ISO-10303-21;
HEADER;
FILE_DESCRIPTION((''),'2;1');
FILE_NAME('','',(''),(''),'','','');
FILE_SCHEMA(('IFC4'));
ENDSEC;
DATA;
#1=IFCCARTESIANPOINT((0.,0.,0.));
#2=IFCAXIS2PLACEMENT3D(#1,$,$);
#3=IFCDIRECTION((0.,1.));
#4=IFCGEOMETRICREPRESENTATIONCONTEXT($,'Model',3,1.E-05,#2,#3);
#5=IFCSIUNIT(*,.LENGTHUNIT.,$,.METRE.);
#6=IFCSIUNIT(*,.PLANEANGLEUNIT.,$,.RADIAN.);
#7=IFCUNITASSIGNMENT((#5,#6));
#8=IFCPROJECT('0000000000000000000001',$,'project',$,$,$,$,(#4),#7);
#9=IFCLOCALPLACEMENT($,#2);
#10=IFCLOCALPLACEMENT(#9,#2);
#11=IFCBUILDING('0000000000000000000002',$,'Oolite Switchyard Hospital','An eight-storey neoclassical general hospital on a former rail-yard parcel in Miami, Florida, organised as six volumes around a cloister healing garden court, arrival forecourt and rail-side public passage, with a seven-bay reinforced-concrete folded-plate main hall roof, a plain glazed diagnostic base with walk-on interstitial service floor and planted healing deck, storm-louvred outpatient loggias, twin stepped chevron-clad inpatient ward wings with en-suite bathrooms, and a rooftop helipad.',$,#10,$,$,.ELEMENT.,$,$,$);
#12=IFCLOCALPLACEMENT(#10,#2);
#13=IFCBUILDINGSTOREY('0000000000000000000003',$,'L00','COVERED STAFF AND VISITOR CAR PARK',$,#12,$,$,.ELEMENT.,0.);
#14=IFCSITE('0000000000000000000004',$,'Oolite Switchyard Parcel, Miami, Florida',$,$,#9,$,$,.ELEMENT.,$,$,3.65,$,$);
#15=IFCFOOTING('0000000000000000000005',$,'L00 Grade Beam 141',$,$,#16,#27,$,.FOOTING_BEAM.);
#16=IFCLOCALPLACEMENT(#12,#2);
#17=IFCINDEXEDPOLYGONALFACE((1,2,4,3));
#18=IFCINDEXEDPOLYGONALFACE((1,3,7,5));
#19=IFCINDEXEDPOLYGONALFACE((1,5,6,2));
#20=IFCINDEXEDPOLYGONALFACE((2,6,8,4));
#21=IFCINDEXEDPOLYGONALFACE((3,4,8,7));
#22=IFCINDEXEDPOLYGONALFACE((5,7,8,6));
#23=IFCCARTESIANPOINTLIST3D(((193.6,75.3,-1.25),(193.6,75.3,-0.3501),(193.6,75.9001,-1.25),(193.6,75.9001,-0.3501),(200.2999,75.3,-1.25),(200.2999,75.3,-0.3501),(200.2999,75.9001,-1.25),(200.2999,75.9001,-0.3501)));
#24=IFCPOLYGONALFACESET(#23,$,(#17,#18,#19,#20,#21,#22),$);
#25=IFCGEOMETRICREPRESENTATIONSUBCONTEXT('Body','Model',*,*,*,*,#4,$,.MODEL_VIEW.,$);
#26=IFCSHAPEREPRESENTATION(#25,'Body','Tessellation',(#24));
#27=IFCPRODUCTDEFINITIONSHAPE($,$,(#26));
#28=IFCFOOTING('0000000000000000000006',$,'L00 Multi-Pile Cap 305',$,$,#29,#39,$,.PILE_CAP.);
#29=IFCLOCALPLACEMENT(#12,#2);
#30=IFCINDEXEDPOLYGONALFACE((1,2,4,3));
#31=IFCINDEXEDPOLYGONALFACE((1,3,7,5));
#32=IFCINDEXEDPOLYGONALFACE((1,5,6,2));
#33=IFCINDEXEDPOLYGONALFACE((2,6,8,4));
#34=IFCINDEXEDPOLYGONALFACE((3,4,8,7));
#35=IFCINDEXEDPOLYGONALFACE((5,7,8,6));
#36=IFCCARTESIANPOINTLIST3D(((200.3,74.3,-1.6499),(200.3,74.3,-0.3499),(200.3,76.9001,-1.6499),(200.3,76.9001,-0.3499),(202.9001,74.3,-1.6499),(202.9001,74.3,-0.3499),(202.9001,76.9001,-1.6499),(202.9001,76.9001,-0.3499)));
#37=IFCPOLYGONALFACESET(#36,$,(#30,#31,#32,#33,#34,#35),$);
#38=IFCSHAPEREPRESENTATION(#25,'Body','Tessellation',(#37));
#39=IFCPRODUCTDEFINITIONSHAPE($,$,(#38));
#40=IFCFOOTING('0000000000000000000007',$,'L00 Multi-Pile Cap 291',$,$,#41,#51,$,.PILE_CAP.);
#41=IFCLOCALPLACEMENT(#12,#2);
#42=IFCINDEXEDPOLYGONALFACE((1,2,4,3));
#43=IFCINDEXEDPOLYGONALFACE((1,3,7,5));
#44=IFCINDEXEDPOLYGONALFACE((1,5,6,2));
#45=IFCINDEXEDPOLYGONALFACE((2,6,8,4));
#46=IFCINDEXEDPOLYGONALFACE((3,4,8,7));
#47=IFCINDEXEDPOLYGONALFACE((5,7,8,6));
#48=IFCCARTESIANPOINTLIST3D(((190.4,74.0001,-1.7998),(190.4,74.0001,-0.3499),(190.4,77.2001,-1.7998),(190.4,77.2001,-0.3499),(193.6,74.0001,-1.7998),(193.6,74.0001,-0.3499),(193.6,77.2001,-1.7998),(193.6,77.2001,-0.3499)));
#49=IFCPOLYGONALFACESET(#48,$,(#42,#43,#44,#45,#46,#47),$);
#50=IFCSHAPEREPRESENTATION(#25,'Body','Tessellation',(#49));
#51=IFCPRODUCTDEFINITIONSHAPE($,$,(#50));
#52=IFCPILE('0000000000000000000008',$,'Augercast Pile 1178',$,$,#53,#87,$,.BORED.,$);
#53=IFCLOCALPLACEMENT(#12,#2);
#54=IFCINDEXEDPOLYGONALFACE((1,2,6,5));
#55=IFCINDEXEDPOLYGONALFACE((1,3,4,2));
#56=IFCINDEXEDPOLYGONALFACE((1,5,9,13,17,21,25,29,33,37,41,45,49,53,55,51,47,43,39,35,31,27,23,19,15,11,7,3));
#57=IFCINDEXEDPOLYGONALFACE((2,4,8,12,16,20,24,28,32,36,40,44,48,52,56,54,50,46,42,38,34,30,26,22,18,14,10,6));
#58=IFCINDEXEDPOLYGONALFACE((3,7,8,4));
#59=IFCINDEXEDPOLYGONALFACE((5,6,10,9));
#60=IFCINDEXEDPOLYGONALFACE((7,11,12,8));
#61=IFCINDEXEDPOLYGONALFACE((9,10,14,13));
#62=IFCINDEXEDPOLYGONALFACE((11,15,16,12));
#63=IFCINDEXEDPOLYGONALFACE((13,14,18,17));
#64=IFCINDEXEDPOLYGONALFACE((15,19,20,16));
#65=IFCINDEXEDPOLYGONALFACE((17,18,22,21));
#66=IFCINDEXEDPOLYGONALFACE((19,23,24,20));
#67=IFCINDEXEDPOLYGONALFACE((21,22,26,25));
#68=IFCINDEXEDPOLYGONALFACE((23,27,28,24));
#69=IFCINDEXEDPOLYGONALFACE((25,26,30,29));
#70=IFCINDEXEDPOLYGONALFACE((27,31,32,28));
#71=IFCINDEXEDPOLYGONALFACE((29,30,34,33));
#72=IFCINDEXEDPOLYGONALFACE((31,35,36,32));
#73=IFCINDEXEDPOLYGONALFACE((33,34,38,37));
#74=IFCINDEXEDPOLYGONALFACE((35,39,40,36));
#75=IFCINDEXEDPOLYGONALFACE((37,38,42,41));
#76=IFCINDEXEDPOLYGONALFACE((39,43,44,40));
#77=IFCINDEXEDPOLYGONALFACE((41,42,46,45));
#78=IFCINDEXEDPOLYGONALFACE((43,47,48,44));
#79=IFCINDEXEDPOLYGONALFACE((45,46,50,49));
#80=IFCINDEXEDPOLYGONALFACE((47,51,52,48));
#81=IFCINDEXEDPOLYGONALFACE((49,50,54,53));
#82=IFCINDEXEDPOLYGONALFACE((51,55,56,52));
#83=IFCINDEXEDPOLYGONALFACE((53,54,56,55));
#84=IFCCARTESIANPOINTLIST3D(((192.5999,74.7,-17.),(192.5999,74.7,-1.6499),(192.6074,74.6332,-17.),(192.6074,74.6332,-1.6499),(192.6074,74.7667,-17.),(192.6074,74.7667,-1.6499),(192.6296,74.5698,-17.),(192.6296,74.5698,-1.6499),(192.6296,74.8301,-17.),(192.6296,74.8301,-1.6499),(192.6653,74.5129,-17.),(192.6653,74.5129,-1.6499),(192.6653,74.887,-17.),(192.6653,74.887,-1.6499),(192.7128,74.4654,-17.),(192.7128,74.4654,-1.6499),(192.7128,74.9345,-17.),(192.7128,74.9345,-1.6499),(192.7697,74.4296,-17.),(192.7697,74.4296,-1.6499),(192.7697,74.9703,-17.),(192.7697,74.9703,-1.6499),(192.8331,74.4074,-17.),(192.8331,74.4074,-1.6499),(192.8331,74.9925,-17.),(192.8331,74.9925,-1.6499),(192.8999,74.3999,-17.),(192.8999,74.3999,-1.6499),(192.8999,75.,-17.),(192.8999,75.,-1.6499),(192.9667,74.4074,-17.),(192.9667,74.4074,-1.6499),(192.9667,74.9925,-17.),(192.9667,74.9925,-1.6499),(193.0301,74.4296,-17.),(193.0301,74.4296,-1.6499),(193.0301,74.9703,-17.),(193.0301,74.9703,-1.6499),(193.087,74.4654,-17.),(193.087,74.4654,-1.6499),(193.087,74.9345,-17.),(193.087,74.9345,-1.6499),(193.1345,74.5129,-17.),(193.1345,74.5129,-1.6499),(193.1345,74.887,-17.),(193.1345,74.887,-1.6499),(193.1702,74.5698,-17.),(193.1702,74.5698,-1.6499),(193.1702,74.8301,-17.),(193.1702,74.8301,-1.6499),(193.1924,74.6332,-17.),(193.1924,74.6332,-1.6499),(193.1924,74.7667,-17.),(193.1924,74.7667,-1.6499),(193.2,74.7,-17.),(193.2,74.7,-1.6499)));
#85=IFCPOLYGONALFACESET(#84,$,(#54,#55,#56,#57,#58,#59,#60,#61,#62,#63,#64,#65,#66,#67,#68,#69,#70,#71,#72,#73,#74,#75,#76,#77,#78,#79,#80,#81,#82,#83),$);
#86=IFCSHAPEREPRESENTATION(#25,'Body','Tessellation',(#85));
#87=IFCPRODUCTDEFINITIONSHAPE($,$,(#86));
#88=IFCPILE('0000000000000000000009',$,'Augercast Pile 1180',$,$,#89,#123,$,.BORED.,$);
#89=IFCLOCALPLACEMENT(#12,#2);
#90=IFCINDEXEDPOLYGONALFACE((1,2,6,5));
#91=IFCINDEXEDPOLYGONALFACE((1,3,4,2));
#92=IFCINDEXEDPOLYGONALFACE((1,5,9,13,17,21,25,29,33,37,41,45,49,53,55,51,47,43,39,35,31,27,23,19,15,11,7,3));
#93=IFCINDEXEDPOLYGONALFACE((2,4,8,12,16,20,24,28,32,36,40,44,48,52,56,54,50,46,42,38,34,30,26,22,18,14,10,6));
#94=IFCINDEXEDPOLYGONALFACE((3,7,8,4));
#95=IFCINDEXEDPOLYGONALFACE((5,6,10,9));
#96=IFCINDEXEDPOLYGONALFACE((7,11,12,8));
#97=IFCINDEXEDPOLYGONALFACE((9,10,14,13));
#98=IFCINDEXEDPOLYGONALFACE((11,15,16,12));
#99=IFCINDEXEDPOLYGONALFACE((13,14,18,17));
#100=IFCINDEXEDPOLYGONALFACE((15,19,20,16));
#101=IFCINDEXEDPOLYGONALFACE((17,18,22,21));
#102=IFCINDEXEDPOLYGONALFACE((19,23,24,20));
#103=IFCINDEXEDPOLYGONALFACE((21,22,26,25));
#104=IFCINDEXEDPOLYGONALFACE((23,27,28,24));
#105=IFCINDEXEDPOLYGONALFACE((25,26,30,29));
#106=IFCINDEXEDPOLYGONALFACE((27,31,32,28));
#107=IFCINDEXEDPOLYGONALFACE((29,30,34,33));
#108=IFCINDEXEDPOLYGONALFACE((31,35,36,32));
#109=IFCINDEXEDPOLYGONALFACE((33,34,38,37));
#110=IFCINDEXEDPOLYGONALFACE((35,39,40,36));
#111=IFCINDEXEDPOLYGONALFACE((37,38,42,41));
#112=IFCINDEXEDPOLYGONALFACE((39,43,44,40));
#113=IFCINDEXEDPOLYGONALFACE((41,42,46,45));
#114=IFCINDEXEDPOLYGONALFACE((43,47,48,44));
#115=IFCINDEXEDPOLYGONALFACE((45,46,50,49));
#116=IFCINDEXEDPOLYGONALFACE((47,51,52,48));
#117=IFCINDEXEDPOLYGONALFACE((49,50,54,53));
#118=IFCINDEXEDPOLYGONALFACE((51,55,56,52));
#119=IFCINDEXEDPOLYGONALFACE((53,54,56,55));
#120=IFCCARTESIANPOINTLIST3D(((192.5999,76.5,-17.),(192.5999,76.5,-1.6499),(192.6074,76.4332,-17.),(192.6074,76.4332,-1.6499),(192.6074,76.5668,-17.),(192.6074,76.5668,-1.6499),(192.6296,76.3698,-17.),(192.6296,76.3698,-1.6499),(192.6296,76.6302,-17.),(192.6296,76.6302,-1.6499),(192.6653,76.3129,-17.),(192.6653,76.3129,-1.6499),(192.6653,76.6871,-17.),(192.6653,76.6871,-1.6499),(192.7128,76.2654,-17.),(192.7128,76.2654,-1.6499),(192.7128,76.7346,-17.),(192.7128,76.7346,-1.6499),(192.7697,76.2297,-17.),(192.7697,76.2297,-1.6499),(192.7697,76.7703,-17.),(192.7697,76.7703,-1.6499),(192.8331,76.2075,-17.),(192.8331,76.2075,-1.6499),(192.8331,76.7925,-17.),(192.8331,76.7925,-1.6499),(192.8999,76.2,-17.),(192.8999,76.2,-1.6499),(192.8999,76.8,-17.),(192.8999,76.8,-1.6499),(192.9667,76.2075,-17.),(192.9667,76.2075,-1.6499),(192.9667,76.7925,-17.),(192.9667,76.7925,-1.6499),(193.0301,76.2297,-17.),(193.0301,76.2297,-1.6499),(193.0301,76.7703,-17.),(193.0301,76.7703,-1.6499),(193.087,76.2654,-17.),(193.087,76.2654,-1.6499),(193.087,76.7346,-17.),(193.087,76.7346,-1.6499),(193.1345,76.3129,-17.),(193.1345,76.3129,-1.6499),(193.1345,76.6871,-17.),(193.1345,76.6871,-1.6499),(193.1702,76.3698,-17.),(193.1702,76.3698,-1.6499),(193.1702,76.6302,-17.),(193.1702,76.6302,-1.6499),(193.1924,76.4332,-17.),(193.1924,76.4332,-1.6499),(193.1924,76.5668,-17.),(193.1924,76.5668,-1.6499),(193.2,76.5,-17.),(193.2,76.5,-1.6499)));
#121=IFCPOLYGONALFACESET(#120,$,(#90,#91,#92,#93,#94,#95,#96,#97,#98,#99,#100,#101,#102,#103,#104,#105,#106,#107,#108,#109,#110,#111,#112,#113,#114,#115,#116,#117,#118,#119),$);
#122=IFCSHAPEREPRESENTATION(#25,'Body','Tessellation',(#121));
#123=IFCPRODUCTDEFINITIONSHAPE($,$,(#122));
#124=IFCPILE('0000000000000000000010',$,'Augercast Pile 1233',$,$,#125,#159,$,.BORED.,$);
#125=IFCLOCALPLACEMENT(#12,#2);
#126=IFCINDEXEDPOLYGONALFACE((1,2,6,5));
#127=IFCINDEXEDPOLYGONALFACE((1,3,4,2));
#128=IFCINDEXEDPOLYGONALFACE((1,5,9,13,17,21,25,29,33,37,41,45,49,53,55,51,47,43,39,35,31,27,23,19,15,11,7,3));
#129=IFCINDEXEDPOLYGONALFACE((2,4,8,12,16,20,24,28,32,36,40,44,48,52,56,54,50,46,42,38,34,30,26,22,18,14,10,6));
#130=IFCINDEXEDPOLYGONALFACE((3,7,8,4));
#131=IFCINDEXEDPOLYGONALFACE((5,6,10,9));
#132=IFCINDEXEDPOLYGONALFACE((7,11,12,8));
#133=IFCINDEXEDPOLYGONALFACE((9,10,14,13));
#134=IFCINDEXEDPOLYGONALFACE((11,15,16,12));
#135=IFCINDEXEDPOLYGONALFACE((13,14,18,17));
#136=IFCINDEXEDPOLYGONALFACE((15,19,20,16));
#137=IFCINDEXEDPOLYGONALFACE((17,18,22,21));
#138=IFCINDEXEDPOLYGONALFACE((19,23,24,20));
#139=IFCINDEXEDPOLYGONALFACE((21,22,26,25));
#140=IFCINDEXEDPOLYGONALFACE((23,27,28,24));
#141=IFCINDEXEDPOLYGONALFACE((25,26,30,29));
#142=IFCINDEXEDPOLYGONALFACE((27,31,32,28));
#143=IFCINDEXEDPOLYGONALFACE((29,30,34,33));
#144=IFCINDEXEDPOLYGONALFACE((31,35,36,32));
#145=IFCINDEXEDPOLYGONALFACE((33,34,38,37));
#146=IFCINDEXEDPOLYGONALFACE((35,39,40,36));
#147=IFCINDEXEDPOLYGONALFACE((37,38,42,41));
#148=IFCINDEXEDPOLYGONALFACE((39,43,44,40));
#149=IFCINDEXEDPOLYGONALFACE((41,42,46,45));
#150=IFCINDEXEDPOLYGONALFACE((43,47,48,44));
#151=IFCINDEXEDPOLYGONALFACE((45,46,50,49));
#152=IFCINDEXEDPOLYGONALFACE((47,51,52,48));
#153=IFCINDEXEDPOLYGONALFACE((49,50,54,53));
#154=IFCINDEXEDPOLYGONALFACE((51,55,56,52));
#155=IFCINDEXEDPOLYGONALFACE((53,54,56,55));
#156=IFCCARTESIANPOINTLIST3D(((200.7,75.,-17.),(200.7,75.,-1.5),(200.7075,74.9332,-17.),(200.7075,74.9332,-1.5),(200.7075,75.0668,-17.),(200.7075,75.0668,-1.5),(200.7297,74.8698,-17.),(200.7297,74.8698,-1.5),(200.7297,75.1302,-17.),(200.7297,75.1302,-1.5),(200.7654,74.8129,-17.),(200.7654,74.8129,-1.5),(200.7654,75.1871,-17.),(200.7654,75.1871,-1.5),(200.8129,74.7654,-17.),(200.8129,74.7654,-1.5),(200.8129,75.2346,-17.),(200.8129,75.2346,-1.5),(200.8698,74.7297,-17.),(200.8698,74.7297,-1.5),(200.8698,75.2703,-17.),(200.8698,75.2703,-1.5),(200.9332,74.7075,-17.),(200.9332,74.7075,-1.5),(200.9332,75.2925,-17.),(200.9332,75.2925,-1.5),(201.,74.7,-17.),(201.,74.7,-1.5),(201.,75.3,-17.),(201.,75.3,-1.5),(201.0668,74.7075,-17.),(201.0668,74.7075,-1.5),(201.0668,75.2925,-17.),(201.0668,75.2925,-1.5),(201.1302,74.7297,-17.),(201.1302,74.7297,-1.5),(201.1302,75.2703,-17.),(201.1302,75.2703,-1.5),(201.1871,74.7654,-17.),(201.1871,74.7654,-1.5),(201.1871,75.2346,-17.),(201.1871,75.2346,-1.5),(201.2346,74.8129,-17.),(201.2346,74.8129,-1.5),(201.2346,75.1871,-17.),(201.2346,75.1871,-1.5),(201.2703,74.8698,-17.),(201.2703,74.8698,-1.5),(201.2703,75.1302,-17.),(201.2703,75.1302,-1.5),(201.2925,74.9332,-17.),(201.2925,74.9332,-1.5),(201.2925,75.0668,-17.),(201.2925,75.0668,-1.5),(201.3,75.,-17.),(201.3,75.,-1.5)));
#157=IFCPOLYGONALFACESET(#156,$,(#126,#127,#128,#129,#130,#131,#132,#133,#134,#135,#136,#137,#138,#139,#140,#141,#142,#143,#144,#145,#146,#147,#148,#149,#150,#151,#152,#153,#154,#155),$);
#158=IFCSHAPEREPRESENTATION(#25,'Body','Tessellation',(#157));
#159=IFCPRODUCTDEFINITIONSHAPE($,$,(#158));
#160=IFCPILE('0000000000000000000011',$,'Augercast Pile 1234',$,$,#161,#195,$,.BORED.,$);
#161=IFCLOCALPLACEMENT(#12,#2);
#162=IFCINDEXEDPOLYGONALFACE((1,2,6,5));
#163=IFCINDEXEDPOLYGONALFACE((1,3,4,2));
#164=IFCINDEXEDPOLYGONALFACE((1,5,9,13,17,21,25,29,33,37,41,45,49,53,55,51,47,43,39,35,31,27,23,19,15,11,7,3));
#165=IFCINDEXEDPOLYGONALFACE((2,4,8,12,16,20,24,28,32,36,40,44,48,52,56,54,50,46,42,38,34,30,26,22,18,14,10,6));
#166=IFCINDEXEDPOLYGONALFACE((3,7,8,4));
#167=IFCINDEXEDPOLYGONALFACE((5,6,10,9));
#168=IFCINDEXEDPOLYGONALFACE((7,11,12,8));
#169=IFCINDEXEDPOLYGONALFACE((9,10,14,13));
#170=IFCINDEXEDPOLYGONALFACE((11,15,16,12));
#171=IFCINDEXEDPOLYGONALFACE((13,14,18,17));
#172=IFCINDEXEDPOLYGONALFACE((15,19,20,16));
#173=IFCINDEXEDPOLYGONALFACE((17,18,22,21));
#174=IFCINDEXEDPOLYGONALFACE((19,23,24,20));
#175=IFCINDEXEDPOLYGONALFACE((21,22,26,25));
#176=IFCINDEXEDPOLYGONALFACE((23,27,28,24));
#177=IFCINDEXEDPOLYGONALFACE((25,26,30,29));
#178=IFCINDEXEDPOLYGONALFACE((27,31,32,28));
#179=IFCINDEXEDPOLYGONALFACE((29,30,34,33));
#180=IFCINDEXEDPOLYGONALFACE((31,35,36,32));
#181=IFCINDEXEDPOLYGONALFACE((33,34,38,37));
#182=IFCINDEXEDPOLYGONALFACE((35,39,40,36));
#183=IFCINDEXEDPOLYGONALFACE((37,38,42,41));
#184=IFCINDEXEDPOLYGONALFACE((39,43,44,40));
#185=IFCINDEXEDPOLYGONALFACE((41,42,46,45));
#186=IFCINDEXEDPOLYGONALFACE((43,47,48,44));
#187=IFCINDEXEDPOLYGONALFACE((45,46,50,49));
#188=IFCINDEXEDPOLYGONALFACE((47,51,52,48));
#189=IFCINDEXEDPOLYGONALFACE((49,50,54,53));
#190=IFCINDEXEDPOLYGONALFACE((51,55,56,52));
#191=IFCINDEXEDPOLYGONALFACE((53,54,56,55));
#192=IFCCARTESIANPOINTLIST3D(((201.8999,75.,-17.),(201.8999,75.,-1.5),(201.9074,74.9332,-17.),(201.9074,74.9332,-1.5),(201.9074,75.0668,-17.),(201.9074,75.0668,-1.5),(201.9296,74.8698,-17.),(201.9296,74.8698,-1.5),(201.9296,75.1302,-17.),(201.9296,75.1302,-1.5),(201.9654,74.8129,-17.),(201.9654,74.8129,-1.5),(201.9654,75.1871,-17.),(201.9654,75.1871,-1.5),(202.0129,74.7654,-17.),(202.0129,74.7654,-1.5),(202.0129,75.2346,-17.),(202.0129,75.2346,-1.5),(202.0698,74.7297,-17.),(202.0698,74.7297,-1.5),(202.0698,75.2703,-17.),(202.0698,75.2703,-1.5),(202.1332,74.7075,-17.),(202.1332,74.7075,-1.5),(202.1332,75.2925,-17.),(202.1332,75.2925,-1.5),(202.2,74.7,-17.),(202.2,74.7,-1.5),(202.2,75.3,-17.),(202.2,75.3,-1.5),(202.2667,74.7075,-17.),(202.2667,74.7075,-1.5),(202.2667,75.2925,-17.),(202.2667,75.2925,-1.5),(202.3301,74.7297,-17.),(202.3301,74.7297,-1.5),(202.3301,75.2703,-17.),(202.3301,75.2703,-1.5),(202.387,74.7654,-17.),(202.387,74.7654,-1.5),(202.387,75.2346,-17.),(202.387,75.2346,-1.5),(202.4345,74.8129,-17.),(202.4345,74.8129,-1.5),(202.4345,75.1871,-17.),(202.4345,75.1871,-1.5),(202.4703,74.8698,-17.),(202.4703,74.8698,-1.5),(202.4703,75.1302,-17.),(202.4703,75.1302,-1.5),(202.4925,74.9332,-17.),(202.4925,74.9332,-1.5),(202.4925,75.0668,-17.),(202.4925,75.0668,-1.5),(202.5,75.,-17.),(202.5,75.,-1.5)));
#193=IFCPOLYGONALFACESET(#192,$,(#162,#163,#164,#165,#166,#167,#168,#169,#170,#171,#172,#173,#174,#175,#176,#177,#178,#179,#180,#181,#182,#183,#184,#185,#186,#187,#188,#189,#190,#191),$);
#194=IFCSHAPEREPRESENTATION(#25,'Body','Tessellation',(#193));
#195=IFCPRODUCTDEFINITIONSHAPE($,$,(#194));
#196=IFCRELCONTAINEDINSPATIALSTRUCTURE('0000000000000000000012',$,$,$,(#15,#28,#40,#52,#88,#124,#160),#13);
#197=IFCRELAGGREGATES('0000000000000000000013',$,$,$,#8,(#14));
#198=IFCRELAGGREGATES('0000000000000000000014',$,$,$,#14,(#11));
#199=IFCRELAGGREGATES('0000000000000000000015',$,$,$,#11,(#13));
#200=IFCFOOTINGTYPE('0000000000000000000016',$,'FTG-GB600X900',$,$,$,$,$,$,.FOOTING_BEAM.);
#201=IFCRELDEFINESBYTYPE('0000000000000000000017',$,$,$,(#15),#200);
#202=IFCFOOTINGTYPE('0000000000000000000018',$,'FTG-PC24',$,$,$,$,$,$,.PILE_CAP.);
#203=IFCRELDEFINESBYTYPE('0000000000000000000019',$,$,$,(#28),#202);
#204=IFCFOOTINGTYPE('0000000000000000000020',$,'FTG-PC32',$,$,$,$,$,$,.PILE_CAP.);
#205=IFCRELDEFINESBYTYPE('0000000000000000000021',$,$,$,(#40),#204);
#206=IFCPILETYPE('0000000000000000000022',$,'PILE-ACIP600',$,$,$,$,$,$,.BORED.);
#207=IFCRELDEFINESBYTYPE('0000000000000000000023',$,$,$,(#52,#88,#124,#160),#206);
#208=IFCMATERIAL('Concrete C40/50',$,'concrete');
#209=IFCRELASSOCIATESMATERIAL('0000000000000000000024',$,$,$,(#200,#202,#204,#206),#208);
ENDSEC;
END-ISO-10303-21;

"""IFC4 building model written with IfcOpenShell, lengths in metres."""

from ifc_helpers import new_model, si_unit, direction, frame, origin, origin_2d, place, context, subcontext, project, spatial, rectangle, circle, extrude, material, material_profile, profile_set, type_object, element, save


model = new_model("IFC4")

# Units and contexts
model_context = context("Model", 3, precision=1e-05, world=origin(), true_north=direction((0.0, 1.0)))
body_context = subcontext(model_context, "Body", "Model", "MODEL_VIEW")
ifc_project = project(units=[si_unit("LENGTHUNIT", "METRE"), si_unit("PLANEANGLEUNIT", "RADIAN")], contexts=[model_context])

# Site, building, storey
site_placement = place(None, origin())
site = spatial("IfcSite", under=ifc_project, at=site_placement, Name="Oolite Switchyard Parcel, Miami, Florida", CompositionType="ELEMENT", RefElevation=3.65)
building_placement = place(site_placement, origin())
building = spatial("IfcBuilding", under=site, at=building_placement, Name="Oolite Switchyard Hospital", Description="An eight-storey neoclassical general hospital on a former rail-yard parcel in Miami, Florida, organised as six volumes around a cloister healing garden court, arrival forecourt and rail-side public passage, with a seven-bay reinforced-concrete folded-plate main hall roof, a plain glazed diagnostic base with walk-on interstitial service floor and planted healing deck, storm-louvred outpatient loggias, twin stepped chevron-clad inpatient ward wings with en-suite bathrooms, and a rooftop helipad.", CompositionType="ELEMENT")
storey_placement = place(building_placement, origin())
storey = spatial("IfcBuildingStorey", under=building, at=storey_placement, Name="L00", Description="COVERED STAFF AND VISITOR CAR PARK", CompositionType="ELEMENT", Elevation=0.0)

# Footings
ifc_material_1 = material(Name="Concrete C40/50", Category="concrete")
footing_type_1 = type_object("IfcFootingType", Name="FTG-GB600X900", PredefinedType="FOOTING_BEAM", material=ifc_material_1)
footing_1_placement = place(storey_placement, frame((196.95, 75.6001, -1.25), z_axis=(0.0, 0.0, 1.0), x_axis=(1.0, 0.0, 0.0)))
element("IfcFooting", 1, at=footing_1_placement, inside=storey, type_object=footing_type_1, Name="L00 Grade Beam 141", PredefinedType="FOOTING_BEAM", context=body_context, shape_type="SweptSolid", body=[
    extrude(rectangle(XDim=6.7, YDim=0.6001, at=origin_2d()), origin(), (0.0, 0.0, 1.0), 0.8999),
])
footing_type_2 = type_object("IfcFootingType", Name="FTG-PC24", PredefinedType="PILE_CAP", material=ifc_material_1)
footing_2_placement = place(storey_placement, frame((201.6001, 75.6001, -1.6499), z_axis=(0.0, 0.0, 1.0), x_axis=(1.0, 0.0, 0.0)))
element("IfcFooting", 2, at=footing_2_placement, inside=storey, type_object=footing_type_2, Name="L00 Multi-Pile Cap 305", PredefinedType="PILE_CAP", context=body_context, shape_type="SweptSolid", body=[
    extrude(rectangle(XDim=2.6001, YDim=2.6001, at=origin_2d()), origin(), (0.0, 0.0, 1.0), 1.3),
])
footing_type_3 = type_object("IfcFootingType", Name="FTG-PC32", PredefinedType="PILE_CAP", material=ifc_material_1)
footing_3_placement = place(storey_placement, frame((192.0, 75.6001, -1.7998), z_axis=(0.0, 0.0, 1.0), x_axis=(1.0, 0.0, 0.0)))
element("IfcFooting", 3, at=footing_3_placement, inside=storey, type_object=footing_type_3, Name="L00 Multi-Pile Cap 291", PredefinedType="PILE_CAP", context=body_context, shape_type="SweptSolid", body=[
    extrude(rectangle(XDim=3.2, YDim=3.2, at=origin_2d()), origin(), (0.0, 0.0, 1.0), 1.45),
])

# Piles
ifc_material_profile_1 = material_profile(ifc_material_1, circle(Radius=0.3, at=origin_2d()), Name="PILE600")
ifc_profile_set_1 = profile_set([ifc_material_profile_1], Name="Concrete C40/50")
pile_type_1 = type_object("IfcPileType", Name="PILE-ACIP600", PredefinedType="BORED", material=ifc_profile_set_1)
for number, where, z_axis, x_axis, name in (
    (4, (192.8999, 74.7, -1.6499), (0.0, 0.0, -1.0), (1.0, 0.0, 0.0), "Augercast Pile 1178"),
    (5, (192.8999, 76.5, -1.6499), (0.0, 0.0, -1.0), (1.0, 0.0, 0.0), "Augercast Pile 1180"),
):
    element("IfcPile", number, at=place(storey_placement, frame(where, z_axis=z_axis, x_axis=x_axis)), inside=storey, type_object=pile_type_1, Name=name, PredefinedType="BORED", context=body_context, shape_type="SweptSolid", body=[
        extrude(circle(Radius=0.3, at=origin_2d()), origin(), (0.0, 0.0, 1.0), 15.3501),
    ])
for number, where, z_axis, x_axis, name in (
    (6, (201.0, 75.0, -1.5), (0.0, 0.0, -1.0), (1.0, 0.0, 0.0), "Augercast Pile 1233"),
    (7, (202.2, 75.0, -1.5), (0.0, 0.0, -1.0), (1.0, 0.0, 0.0), "Augercast Pile 1234"),
):
    element("IfcPile", number, at=place(storey_placement, frame(where, z_axis=z_axis, x_axis=x_axis)), inside=storey, type_object=pile_type_1, Name=name, PredefinedType="BORED", context=body_context, shape_type="SweptSolid", body=[
        extrude(circle(Radius=0.3, at=origin_2d()), origin(), (0.0, 0.0, 1.0), 15.5),
    ])

save(model, "model.ifc")
